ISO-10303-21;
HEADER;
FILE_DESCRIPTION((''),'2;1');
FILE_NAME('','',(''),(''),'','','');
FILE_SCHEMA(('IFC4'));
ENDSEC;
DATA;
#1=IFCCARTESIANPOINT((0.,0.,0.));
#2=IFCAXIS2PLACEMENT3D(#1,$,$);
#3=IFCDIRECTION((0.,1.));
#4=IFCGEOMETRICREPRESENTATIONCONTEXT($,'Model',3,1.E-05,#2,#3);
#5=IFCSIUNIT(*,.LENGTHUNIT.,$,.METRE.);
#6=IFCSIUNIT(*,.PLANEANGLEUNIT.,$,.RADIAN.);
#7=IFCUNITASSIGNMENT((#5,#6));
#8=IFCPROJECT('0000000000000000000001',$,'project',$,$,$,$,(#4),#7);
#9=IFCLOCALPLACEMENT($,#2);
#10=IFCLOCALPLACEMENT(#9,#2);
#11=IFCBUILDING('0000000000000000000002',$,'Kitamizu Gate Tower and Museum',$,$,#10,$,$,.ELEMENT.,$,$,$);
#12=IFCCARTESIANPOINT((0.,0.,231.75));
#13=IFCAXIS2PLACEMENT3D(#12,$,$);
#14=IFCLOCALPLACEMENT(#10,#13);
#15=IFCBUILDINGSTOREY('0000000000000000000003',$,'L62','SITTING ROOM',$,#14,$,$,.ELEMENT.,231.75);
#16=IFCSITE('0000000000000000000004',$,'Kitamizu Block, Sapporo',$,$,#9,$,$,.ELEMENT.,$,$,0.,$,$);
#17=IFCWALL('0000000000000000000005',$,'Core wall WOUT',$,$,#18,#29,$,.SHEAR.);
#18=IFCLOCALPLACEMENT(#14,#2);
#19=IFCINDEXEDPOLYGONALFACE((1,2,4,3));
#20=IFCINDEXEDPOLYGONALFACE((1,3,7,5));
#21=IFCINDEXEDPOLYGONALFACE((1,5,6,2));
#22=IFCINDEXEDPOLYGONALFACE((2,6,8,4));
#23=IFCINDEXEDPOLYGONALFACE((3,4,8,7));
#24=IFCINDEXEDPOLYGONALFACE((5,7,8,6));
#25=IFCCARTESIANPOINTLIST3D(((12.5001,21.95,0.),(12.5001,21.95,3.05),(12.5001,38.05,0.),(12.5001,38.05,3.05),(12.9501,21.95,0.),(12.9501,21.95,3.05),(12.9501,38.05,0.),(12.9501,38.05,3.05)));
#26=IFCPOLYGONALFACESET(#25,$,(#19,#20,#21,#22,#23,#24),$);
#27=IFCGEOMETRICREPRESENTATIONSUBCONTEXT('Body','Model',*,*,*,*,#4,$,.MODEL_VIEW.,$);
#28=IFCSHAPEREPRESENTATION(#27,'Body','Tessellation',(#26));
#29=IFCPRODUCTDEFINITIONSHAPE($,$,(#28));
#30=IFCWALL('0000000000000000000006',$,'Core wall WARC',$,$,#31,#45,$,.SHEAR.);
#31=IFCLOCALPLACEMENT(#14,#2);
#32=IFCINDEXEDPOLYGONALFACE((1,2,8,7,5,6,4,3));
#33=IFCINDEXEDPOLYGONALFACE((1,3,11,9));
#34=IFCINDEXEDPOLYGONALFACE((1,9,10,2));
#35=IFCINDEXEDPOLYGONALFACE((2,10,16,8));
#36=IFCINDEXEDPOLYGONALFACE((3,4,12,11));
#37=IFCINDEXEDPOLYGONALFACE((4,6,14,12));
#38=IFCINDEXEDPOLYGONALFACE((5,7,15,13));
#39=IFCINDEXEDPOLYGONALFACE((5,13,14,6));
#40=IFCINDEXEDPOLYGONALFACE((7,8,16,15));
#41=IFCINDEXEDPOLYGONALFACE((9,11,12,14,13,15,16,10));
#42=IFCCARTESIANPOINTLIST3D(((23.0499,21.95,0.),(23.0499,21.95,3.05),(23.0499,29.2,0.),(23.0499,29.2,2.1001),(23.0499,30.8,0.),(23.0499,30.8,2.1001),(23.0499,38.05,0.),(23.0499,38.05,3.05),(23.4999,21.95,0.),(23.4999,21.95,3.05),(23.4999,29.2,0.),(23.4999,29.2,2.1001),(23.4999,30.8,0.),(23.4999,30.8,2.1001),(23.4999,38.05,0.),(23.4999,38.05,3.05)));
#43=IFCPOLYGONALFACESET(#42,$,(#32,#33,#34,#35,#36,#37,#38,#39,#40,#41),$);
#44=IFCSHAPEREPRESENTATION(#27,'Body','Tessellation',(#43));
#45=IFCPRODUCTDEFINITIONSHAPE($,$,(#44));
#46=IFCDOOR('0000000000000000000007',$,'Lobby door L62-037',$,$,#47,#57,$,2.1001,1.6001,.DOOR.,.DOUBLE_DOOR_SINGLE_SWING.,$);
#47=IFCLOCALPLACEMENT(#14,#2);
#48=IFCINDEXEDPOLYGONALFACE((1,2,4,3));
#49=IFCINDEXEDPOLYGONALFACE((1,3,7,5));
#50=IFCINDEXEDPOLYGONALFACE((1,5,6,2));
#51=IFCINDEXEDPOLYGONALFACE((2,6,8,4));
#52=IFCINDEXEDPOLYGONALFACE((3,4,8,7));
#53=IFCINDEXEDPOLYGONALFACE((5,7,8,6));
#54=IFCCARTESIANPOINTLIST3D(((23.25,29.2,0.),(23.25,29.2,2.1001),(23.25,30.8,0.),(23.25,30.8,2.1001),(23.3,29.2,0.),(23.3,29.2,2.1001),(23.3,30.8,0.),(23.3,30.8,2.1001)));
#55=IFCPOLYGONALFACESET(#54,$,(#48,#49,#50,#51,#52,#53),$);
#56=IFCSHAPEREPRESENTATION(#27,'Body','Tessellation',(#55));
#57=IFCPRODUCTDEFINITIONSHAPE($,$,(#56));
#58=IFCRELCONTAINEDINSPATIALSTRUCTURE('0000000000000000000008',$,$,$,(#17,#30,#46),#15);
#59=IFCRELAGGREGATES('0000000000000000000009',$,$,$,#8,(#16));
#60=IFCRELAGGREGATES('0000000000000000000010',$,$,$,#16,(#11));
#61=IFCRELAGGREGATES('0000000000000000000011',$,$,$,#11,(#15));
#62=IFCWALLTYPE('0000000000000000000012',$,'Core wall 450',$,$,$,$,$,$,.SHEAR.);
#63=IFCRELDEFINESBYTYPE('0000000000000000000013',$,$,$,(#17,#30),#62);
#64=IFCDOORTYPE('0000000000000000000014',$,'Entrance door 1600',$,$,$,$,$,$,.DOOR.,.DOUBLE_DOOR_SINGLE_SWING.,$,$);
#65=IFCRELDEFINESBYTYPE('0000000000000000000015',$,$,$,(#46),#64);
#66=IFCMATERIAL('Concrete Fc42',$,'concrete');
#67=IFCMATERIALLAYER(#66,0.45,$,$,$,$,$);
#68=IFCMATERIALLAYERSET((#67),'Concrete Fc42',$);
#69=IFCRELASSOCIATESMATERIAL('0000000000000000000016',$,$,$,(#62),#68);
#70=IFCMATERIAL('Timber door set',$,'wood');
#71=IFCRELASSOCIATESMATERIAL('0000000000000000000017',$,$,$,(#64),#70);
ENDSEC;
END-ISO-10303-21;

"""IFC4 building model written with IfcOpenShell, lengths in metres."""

from ifc_helpers import new_model, si_unit, direction, frame, frame_2d, origin, place, context, subcontext, project, spatial, rectangle, extrude, material, layer, layer_set, type_object, element, fill, save


model = new_model("IFC4")

# Units and contexts
model_context = context("Model", 3, precision=1e-05, world=origin(), true_north=direction((0.0, 1.0)))
body_context = subcontext(model_context, "Body", "Model", "MODEL_VIEW")
ifc_project = project(units=[si_unit("LENGTHUNIT", "METRE"), si_unit("PLANEANGLEUNIT", "RADIAN")], contexts=[model_context])

# Site, building, storey
site_placement = place(None, origin())
site = spatial("IfcSite", under=ifc_project, at=site_placement, Name="Kitamizu Block, Sapporo", CompositionType="ELEMENT", RefElevation=0.0)
building_placement = place(site_placement, origin())
building = spatial("IfcBuilding", under=site, at=building_placement, Name="Kitamizu Gate Tower and Museum", CompositionType="ELEMENT")
storey_placement = place(building_placement, frame((0.0, 0.0, 231.75)))
storey = spatial("IfcBuildingStorey", under=building, at=storey_placement, Name="L62", Description="SITTING ROOM", CompositionType="ELEMENT", Elevation=231.75)

# Wall
ifc_material_1 = material(Name="Concrete Fc42", Category="concrete")
ifc_layer_1 = layer(ifc_material_1, 0.45)
ifc_layer_set_1 = layer_set([ifc_layer_1], Name="Concrete Fc42")
wall_type_1 = type_object("IfcWallType", Name="Core wall 450", PredefinedType="SHEAR", material=ifc_layer_set_1)
wall_1_placement = place(storey_placement, frame((12.7251, 21.95, 0.0), z_axis=(0.0, 0.0, 1.0), x_axis=(0.0, 1.0, 0.0)))
element("IfcWall", 1, at=wall_1_placement, inside=storey, type_object=wall_type_1, Name="Core wall WOUT", PredefinedType="SHEAR", context=body_context, shape_type="SweptSolid", body=[
    extrude(rectangle(XDim=16.1001, YDim=0.45, at=frame_2d((8.05, 0.0))), origin(), (0.0, 0.0, 1.0), 3.05),
])

# Wall, opening, door
wall_2_placement = place(storey_placement, frame((23.2749, 21.95, 0.0), z_axis=(0.0, 0.0, 1.0), x_axis=(0.0, 1.0, 0.0)))
wall_2 = element("IfcWall", 2, at=wall_2_placement, inside=storey, type_object=wall_type_1, Name="Core wall WARC", PredefinedType="SHEAR", context=body_context, shape_type="SweptSolid", body=[
    extrude(rectangle(XDim=16.1001, YDim=0.45, at=frame_2d((8.05, 0.0))), origin(), (0.0, 0.0, 1.0), 3.05),
])
opening_1_placement = place(wall_2_placement, frame((7.25, 0.0, 0.0)))
opening_1 = element("IfcOpeningElement", 3, at=opening_1_placement, cuts=wall_2, PredefinedType="OPENING", context=body_context, shape_type="SweptSolid", body=[
    extrude(rectangle(XDim=1.6001, YDim=2.1001, at=frame_2d((0.8, 1.05))), frame((0.0, 0.2349, 0.0), z_axis=(0.0, -1.0, 0.0), x_axis=(1.0, 0.0, 0.0)), (0.0, 0.0, 1.0), 0.47),
])
ifc_material_2 = material(Name="Timber door set", Category="wood")
door_type_1 = type_object("IfcDoorType", Name="Entrance door 1600", OperationType="DOUBLE_DOOR_SINGLE_SWING", PredefinedType="DOOR", material=ifc_material_2)
door_1_placement = place(opening_1_placement, origin())
door_1 = element("IfcDoor", 4, at=door_1_placement, inside=storey, type_object=door_type_1, Name="Lobby door L62-037", OperationType="DOUBLE_DOOR_SINGLE_SWING", OverallHeight=2.1001, OverallWidth=1.6001, PredefinedType="DOOR", context=body_context, shape_type="SweptSolid", body=[
    extrude(rectangle(XDim=1.6001, YDim=2.1001, at=frame_2d((0.8, 1.05))), frame((0.0, 0.0249, 0.0), z_axis=(0.0, -1.0, 0.0), x_axis=(1.0, 0.0, 0.0)), (0.0, 0.0, 1.0), 0.05),
])
fill(opening_1, door_1)

save(model, "model.ifc")
